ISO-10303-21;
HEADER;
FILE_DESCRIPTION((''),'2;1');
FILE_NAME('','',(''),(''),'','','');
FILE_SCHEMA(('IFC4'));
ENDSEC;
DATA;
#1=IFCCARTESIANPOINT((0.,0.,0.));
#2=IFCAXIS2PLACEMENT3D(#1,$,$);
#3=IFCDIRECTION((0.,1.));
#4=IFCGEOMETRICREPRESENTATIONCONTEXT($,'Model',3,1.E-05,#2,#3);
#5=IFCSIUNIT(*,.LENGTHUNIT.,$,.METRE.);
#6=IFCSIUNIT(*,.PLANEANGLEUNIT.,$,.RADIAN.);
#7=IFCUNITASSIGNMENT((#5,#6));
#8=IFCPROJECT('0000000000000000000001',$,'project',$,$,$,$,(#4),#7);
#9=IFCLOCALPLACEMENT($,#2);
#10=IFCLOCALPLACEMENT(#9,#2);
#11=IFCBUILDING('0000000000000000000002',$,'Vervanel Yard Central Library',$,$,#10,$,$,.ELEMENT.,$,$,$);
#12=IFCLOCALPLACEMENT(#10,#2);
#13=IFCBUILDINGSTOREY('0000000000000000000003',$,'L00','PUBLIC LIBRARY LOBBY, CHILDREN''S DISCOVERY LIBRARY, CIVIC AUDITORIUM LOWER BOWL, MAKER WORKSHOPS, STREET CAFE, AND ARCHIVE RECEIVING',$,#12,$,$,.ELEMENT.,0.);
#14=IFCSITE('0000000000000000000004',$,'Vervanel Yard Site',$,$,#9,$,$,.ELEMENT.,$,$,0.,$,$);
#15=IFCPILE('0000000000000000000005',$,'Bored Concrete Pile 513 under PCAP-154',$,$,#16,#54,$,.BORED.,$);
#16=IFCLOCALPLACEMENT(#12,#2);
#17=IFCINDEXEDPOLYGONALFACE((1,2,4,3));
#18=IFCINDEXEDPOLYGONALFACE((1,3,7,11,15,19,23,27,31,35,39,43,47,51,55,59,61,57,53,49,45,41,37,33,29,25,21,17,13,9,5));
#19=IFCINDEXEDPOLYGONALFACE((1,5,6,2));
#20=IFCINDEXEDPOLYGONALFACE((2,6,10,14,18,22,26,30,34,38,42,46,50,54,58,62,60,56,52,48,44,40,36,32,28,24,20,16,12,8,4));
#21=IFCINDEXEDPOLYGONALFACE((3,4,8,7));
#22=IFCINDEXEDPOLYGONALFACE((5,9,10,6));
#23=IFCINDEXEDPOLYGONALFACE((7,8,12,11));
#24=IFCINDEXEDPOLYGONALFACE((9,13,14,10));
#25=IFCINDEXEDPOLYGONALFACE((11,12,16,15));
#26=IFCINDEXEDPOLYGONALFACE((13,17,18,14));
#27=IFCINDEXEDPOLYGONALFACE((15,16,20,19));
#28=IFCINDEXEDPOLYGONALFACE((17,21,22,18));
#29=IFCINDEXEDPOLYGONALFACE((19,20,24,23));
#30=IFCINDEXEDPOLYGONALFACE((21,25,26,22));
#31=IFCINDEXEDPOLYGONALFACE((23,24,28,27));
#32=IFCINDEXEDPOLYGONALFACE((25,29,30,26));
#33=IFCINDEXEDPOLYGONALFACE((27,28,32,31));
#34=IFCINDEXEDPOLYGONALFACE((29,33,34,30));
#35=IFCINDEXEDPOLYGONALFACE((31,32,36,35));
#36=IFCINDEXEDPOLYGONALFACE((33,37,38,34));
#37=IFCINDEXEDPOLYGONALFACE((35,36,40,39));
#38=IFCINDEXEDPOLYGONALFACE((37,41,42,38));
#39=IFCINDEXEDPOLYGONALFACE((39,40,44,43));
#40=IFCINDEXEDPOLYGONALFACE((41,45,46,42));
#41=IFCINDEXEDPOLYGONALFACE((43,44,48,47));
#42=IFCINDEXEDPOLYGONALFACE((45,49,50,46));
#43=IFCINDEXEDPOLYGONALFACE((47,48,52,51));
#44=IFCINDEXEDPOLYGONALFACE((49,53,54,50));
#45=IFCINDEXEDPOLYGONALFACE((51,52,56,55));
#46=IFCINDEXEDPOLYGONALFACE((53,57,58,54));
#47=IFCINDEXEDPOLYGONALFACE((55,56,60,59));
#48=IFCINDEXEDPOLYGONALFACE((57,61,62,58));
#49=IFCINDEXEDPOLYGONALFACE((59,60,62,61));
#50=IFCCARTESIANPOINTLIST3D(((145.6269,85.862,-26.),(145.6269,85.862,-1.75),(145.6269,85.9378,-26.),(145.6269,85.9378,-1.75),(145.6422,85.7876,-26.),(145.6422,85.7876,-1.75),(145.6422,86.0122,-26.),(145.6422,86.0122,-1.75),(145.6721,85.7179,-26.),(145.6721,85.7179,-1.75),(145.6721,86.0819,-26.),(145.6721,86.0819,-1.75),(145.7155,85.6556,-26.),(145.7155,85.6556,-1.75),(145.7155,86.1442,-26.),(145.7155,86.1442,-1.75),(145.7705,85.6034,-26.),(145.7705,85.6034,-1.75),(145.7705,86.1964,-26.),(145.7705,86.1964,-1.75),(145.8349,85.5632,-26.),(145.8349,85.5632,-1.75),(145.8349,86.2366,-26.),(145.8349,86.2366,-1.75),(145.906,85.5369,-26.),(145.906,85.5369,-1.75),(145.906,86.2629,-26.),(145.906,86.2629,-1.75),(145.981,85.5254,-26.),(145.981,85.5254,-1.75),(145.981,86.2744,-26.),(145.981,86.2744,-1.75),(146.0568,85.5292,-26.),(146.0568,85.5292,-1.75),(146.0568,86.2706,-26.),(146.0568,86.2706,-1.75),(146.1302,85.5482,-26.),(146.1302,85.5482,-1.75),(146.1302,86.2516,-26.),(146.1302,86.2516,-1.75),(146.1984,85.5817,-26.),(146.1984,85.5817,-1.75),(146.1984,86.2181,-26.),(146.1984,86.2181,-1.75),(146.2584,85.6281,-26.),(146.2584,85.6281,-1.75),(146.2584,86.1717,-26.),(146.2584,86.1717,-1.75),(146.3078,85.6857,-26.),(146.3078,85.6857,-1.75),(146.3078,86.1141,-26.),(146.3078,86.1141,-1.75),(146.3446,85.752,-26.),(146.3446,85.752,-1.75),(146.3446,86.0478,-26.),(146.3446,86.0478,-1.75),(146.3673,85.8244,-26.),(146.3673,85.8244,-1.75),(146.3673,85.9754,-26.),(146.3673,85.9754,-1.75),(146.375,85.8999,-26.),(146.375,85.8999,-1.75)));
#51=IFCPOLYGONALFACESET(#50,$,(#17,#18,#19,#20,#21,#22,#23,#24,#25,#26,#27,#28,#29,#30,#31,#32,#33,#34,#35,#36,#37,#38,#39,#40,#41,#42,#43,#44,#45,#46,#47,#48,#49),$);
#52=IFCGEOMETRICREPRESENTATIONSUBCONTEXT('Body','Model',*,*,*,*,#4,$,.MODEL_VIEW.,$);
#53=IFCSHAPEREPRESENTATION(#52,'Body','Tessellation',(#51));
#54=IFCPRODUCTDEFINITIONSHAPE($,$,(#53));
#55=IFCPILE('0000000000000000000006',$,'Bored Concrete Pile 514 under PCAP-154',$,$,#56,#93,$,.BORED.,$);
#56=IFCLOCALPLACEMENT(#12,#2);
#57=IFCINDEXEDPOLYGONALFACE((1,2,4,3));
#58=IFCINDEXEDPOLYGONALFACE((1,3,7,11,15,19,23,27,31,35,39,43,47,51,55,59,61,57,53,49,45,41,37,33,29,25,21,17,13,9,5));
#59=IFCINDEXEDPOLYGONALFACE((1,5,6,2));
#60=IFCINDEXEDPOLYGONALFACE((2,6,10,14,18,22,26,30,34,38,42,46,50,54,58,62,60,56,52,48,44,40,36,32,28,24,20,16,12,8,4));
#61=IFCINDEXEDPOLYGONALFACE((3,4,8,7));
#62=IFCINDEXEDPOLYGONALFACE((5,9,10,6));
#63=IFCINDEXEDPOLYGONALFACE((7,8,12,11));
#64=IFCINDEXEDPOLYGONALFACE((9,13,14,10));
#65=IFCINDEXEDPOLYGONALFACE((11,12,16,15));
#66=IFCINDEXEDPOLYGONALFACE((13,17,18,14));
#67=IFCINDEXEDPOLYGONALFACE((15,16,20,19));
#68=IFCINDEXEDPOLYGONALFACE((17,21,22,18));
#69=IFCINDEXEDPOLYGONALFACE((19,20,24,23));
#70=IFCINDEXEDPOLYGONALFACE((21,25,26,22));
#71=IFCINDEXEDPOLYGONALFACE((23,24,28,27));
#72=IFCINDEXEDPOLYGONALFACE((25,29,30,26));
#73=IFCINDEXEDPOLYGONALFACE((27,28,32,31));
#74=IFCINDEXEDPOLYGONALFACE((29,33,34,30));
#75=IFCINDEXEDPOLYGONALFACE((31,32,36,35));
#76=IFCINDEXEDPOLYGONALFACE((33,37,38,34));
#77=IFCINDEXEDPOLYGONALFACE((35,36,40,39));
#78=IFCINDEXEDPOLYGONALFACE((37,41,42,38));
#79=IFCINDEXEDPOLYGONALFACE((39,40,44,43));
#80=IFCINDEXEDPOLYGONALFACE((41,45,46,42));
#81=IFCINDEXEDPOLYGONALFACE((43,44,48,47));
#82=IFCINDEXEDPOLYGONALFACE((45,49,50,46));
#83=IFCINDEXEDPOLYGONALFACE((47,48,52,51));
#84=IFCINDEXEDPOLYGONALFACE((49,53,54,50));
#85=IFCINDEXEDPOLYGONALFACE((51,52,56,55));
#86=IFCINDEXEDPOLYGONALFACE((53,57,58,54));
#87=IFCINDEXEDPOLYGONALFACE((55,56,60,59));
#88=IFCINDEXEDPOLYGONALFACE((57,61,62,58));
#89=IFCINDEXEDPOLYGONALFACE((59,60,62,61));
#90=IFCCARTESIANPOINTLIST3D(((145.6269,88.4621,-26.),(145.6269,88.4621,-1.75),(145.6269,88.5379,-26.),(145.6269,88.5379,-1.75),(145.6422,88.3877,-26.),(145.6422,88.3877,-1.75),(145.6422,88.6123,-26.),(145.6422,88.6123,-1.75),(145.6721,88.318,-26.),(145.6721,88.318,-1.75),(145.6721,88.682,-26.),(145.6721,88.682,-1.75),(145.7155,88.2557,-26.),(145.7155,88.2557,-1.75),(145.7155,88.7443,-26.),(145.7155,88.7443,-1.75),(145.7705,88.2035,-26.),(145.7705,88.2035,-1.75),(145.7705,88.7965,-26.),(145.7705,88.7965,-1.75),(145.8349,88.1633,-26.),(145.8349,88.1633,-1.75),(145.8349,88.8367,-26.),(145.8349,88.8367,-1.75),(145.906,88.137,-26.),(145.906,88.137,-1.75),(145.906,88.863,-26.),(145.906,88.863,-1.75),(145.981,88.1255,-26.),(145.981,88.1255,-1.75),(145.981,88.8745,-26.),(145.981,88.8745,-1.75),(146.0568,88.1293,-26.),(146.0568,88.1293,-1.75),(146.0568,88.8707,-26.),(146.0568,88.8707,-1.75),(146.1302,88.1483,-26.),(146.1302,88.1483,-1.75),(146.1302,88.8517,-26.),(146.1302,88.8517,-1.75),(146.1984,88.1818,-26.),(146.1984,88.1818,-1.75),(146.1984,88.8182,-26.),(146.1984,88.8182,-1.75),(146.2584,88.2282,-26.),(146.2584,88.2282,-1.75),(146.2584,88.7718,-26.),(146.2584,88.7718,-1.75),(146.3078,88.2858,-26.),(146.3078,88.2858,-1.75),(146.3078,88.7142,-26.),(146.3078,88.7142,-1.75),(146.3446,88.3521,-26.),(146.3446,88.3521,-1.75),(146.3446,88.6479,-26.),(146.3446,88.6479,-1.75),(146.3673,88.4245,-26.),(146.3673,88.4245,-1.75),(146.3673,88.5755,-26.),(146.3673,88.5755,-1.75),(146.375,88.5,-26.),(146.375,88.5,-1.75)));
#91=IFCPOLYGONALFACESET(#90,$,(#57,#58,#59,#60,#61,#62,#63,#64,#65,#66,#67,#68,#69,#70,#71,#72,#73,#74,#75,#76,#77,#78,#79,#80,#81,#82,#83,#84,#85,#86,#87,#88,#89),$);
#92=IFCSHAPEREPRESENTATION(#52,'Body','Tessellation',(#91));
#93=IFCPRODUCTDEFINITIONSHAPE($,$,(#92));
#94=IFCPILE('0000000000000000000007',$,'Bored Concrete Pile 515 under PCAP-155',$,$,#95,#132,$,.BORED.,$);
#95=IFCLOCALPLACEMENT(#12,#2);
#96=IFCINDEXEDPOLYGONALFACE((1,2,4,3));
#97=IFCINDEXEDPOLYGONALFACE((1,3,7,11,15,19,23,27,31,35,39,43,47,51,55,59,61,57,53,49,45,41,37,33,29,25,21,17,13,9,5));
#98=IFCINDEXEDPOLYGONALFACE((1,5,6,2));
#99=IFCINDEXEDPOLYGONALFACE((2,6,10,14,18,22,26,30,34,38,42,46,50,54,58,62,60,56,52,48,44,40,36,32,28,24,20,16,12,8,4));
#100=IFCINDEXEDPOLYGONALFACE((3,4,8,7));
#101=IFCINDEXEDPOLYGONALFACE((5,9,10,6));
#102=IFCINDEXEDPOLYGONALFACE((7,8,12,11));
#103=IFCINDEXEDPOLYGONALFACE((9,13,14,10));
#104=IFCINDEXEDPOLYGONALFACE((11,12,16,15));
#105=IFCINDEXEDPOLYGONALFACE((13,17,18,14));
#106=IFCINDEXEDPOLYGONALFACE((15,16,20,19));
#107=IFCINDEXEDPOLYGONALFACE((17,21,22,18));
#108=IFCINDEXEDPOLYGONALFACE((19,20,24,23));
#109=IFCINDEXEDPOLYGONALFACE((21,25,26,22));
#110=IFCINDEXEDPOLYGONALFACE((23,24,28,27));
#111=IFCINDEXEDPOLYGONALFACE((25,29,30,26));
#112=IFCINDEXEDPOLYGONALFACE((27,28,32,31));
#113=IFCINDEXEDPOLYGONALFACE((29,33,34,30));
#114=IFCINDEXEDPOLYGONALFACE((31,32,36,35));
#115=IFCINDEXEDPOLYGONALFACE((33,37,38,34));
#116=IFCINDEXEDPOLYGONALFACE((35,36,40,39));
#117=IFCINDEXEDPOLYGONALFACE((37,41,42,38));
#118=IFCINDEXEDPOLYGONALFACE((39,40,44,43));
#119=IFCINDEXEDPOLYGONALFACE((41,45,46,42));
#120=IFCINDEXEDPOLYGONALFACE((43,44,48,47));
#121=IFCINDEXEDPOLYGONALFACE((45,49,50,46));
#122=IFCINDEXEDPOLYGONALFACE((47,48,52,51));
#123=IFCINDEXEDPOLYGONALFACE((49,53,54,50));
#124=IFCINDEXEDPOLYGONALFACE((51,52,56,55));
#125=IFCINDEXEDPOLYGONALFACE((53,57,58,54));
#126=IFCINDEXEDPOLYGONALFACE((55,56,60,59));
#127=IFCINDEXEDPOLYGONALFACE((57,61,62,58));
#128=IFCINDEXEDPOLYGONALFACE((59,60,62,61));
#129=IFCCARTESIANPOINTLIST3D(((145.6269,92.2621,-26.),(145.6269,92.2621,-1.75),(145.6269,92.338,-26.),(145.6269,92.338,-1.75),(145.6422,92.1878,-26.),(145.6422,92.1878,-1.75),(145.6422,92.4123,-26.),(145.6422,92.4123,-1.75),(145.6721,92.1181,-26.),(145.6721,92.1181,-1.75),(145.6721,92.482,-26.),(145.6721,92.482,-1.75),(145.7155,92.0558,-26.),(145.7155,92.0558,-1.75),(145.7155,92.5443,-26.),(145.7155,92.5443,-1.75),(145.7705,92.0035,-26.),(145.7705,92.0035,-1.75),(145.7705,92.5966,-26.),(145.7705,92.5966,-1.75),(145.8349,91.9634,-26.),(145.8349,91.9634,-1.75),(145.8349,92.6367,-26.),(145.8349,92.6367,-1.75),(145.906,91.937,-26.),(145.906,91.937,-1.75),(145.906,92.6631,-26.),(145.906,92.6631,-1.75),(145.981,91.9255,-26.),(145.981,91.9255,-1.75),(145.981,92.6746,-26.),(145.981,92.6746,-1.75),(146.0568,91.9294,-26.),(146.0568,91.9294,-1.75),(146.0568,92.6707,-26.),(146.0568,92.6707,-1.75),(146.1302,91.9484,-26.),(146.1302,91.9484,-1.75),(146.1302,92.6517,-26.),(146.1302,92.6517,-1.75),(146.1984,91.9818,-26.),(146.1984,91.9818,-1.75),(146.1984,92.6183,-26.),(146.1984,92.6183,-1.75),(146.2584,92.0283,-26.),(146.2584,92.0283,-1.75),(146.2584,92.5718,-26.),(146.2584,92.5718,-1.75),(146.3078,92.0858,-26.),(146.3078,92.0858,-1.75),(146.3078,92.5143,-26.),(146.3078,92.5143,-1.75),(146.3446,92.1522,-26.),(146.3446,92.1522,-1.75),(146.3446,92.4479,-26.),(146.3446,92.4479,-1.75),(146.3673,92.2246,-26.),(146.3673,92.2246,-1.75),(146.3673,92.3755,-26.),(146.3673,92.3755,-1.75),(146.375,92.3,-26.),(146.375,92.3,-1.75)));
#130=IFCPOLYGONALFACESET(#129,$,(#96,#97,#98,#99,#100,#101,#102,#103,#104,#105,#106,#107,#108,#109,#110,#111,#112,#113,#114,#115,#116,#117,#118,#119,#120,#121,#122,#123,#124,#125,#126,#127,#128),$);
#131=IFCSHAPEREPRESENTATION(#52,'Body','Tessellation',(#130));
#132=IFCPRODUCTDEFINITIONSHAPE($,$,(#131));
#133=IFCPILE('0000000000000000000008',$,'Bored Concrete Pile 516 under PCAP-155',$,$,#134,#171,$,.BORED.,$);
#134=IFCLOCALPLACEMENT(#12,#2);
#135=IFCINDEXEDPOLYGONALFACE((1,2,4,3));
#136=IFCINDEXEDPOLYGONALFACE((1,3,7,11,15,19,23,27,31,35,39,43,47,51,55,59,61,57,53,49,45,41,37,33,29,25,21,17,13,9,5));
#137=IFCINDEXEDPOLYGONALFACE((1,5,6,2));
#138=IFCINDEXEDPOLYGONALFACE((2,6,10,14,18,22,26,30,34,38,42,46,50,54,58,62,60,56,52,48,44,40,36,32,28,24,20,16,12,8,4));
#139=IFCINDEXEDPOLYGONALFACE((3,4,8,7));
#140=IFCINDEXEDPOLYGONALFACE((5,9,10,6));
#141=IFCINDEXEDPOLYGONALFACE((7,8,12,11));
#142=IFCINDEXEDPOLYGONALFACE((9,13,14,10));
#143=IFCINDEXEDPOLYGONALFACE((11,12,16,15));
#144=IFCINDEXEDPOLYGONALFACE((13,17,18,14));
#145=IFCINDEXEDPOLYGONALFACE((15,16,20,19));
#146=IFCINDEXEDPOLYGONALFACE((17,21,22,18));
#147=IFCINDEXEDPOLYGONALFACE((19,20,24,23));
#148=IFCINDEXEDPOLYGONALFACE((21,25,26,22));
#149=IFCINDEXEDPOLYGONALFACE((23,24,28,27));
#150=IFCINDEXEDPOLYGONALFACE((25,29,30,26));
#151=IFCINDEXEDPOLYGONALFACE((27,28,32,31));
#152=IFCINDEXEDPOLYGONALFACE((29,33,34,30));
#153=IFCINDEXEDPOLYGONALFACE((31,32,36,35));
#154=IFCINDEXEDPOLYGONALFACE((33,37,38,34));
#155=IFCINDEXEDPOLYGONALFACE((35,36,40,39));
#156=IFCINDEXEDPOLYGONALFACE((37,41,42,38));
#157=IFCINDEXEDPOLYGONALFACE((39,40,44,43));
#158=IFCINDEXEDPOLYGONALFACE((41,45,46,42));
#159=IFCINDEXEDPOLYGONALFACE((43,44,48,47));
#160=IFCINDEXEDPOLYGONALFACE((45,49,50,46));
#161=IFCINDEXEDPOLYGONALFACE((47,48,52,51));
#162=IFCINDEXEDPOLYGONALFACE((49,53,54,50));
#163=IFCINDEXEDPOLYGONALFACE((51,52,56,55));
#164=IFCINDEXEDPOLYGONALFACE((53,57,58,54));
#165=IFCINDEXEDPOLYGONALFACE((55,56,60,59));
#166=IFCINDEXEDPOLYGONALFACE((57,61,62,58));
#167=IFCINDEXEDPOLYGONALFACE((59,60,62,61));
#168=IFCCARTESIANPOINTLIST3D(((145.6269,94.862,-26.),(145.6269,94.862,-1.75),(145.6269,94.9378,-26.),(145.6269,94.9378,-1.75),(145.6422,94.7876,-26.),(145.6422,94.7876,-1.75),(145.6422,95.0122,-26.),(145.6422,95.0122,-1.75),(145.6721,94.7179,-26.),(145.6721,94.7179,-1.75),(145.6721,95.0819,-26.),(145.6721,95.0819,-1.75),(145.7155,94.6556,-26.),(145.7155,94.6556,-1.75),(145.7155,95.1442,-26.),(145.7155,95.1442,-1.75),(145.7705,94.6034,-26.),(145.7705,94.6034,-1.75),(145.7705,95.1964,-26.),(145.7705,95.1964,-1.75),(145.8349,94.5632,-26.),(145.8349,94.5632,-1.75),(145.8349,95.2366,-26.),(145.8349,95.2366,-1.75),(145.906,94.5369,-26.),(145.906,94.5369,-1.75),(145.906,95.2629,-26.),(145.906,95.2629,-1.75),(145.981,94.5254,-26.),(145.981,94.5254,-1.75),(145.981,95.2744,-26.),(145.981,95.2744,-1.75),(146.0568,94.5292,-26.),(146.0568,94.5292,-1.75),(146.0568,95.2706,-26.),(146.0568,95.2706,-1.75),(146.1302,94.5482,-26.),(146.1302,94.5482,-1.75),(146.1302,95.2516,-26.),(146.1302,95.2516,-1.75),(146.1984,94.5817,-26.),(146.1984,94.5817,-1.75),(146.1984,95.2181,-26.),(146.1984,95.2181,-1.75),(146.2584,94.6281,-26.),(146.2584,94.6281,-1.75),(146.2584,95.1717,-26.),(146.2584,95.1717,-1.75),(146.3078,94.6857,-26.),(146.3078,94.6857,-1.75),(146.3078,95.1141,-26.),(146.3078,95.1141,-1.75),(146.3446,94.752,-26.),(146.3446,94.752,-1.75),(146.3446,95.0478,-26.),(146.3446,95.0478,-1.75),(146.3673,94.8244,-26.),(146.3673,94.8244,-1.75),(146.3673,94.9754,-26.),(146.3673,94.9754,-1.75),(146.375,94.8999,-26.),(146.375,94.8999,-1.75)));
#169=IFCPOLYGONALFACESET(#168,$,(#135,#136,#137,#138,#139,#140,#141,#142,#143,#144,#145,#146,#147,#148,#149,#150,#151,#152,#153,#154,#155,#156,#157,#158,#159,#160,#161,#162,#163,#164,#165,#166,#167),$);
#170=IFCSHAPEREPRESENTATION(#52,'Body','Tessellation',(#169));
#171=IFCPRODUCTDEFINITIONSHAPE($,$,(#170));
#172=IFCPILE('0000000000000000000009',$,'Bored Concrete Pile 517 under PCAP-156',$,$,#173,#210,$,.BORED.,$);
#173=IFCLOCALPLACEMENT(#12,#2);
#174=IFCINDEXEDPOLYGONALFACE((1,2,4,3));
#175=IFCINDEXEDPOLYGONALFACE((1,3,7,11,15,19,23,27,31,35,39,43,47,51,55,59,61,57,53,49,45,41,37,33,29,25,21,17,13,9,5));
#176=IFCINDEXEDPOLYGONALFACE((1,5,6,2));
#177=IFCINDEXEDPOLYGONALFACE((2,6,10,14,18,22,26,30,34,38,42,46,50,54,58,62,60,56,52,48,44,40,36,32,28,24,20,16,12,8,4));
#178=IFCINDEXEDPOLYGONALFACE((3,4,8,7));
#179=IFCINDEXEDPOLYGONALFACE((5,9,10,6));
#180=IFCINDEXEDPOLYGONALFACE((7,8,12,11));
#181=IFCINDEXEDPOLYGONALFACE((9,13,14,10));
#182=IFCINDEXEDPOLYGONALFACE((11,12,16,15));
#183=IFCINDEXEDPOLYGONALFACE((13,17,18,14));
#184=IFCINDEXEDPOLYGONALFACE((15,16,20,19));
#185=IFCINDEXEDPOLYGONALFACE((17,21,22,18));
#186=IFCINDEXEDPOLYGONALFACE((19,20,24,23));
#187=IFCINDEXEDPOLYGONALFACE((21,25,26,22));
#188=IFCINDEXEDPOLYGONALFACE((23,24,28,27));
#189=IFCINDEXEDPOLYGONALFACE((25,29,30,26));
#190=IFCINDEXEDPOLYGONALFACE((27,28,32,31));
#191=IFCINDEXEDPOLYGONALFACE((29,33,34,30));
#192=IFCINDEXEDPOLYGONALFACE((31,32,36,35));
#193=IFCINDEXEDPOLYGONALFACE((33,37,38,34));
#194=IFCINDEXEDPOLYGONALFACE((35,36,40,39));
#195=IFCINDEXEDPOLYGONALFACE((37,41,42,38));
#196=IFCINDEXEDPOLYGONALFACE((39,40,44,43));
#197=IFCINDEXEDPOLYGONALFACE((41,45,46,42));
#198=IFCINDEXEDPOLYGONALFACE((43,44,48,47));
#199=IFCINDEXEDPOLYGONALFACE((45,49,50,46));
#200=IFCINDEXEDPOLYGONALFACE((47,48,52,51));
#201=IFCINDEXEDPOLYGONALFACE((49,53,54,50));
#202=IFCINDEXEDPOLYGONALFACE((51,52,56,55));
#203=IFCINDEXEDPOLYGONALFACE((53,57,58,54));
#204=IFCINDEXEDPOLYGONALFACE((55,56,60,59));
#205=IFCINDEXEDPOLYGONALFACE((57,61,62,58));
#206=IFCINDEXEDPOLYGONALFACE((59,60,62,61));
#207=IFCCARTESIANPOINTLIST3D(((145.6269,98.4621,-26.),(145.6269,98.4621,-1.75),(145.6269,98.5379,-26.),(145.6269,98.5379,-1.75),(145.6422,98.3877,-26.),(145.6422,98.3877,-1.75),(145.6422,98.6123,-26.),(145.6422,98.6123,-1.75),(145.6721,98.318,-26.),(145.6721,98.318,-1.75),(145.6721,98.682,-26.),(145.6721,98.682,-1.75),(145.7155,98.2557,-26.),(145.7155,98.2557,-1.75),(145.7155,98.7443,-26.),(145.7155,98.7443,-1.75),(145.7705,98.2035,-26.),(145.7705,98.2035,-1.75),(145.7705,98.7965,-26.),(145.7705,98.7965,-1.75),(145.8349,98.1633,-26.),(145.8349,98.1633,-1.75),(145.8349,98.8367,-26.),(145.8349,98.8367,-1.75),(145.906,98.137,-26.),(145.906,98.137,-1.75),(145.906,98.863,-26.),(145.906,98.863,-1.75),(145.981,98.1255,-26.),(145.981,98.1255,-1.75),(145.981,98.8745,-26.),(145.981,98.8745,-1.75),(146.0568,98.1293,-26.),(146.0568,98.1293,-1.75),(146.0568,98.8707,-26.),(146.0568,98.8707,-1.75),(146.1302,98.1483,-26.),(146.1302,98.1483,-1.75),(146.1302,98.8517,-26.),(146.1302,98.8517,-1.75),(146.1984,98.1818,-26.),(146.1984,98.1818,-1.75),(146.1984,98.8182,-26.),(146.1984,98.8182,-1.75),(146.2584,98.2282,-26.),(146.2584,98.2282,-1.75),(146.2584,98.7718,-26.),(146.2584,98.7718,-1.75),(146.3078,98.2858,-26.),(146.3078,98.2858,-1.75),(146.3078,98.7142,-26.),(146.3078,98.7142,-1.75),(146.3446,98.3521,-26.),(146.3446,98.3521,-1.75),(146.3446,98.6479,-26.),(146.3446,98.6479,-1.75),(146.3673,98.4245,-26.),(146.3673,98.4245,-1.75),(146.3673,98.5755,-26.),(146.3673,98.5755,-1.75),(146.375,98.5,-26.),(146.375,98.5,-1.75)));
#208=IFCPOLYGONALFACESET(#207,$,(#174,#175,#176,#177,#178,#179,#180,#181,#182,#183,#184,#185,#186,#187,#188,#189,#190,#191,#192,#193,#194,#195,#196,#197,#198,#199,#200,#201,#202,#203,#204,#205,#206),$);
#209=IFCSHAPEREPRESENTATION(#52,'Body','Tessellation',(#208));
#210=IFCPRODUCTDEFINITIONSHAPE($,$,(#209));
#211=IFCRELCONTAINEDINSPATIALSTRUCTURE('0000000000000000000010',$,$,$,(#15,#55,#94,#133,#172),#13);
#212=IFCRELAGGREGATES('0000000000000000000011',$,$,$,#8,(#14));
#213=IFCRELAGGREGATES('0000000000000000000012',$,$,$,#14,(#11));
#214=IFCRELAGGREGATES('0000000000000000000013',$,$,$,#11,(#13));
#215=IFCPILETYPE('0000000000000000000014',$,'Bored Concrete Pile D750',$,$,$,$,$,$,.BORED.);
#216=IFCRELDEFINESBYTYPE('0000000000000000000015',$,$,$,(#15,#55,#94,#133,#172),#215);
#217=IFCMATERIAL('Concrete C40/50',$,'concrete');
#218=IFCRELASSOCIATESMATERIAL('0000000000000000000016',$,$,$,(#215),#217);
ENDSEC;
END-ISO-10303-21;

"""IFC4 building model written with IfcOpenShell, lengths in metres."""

from ifc_helpers import new_model, si_unit, direction, frame, origin, origin_2d, place, context, subcontext, project, spatial, circle, extrude, material, material_profile, profile_set, type_object, element, save


model = new_model("IFC4")

# Units and contexts
model_context = context("Model", 3, precision=1e-05, world=origin(), true_north=direction((0.0, 1.0)))
body_context = subcontext(model_context, "Body", "Model", "MODEL_VIEW")
ifc_project = project(units=[si_unit("LENGTHUNIT", "METRE"), si_unit("PLANEANGLEUNIT", "RADIAN")], contexts=[model_context])

# Site, building, storey
site_placement = place(None, origin())
site = spatial("IfcSite", under=ifc_project, at=site_placement, Name="Vervanel Yard Site", CompositionType="ELEMENT", RefElevation=0.0)
building_placement = place(site_placement, origin())
building = spatial("IfcBuilding", under=site, at=building_placement, Name="Vervanel Yard Central Library", CompositionType="ELEMENT")
storey_placement = place(building_placement, origin())
storey = spatial("IfcBuildingStorey", under=building, at=storey_placement, Name="L00", Description="PUBLIC LIBRARY LOBBY, CHILDREN'S DISCOVERY LIBRARY, CIVIC AUDITORIUM LOWER BOWL, MAKER WORKSHOPS, STREET CAFE, AND ARCHIVE RECEIVING", CompositionType="ELEMENT", Elevation=0.0)

# Piles
ifc_material_1 = material(Name="Concrete C40/50", Category="concrete")
ifc_material_profile_1 = material_profile(ifc_material_1, circle(Radius=0.375, at=origin_2d()), Name="BP D750", Category="concrete")
ifc_profile_set_1 = profile_set([ifc_material_profile_1], Name="Concrete C40/50")
pile_type = type_object("IfcPileType", Name="Bored Concrete Pile D750", PredefinedType="BORED", material=ifc_profile_set_1)
for number, where, z_axis, x_axis, name in (
    (1, (146.0, 85.8999, -1.75), (0.0, 0.0, -1.0), (1.0, 0.0, 0.0), "Bored Concrete Pile 513 under PCAP-154"),
    (2, (146.0, 88.5, -1.75), (0.0, 0.0, -1.0), (1.0, 0.0, 0.0), "Bored Concrete Pile 514 under PCAP-154"),
    (3, (146.0, 92.3, -1.75), (0.0, 0.0, -1.0), (1.0, 0.0, 0.0), "Bored Concrete Pile 515 under PCAP-155"),
    (4, (146.0, 94.8999, -1.75), (0.0, 0.0, -1.0), (1.0, 0.0, 0.0), "Bored Concrete Pile 516 under PCAP-155"),
    (5, (146.0, 98.5, -1.75), (0.0, 0.0, -1.0), (1.0, 0.0, 0.0), "Bored Concrete Pile 517 under PCAP-156"),
):
    element("IfcPile", number, at=place(storey_placement, frame(where, z_axis=z_axis, x_axis=x_axis)), inside=storey, type_object=pile_type, Name=name, PredefinedType="BORED", context=body_context, shape_type="SweptSolid", body=[
        extrude(circle(Radius=0.375, at=origin_2d()), origin(), (0.0, 0.0, 1.0), 24.25),
    ])

save(model, "model.ifc")
